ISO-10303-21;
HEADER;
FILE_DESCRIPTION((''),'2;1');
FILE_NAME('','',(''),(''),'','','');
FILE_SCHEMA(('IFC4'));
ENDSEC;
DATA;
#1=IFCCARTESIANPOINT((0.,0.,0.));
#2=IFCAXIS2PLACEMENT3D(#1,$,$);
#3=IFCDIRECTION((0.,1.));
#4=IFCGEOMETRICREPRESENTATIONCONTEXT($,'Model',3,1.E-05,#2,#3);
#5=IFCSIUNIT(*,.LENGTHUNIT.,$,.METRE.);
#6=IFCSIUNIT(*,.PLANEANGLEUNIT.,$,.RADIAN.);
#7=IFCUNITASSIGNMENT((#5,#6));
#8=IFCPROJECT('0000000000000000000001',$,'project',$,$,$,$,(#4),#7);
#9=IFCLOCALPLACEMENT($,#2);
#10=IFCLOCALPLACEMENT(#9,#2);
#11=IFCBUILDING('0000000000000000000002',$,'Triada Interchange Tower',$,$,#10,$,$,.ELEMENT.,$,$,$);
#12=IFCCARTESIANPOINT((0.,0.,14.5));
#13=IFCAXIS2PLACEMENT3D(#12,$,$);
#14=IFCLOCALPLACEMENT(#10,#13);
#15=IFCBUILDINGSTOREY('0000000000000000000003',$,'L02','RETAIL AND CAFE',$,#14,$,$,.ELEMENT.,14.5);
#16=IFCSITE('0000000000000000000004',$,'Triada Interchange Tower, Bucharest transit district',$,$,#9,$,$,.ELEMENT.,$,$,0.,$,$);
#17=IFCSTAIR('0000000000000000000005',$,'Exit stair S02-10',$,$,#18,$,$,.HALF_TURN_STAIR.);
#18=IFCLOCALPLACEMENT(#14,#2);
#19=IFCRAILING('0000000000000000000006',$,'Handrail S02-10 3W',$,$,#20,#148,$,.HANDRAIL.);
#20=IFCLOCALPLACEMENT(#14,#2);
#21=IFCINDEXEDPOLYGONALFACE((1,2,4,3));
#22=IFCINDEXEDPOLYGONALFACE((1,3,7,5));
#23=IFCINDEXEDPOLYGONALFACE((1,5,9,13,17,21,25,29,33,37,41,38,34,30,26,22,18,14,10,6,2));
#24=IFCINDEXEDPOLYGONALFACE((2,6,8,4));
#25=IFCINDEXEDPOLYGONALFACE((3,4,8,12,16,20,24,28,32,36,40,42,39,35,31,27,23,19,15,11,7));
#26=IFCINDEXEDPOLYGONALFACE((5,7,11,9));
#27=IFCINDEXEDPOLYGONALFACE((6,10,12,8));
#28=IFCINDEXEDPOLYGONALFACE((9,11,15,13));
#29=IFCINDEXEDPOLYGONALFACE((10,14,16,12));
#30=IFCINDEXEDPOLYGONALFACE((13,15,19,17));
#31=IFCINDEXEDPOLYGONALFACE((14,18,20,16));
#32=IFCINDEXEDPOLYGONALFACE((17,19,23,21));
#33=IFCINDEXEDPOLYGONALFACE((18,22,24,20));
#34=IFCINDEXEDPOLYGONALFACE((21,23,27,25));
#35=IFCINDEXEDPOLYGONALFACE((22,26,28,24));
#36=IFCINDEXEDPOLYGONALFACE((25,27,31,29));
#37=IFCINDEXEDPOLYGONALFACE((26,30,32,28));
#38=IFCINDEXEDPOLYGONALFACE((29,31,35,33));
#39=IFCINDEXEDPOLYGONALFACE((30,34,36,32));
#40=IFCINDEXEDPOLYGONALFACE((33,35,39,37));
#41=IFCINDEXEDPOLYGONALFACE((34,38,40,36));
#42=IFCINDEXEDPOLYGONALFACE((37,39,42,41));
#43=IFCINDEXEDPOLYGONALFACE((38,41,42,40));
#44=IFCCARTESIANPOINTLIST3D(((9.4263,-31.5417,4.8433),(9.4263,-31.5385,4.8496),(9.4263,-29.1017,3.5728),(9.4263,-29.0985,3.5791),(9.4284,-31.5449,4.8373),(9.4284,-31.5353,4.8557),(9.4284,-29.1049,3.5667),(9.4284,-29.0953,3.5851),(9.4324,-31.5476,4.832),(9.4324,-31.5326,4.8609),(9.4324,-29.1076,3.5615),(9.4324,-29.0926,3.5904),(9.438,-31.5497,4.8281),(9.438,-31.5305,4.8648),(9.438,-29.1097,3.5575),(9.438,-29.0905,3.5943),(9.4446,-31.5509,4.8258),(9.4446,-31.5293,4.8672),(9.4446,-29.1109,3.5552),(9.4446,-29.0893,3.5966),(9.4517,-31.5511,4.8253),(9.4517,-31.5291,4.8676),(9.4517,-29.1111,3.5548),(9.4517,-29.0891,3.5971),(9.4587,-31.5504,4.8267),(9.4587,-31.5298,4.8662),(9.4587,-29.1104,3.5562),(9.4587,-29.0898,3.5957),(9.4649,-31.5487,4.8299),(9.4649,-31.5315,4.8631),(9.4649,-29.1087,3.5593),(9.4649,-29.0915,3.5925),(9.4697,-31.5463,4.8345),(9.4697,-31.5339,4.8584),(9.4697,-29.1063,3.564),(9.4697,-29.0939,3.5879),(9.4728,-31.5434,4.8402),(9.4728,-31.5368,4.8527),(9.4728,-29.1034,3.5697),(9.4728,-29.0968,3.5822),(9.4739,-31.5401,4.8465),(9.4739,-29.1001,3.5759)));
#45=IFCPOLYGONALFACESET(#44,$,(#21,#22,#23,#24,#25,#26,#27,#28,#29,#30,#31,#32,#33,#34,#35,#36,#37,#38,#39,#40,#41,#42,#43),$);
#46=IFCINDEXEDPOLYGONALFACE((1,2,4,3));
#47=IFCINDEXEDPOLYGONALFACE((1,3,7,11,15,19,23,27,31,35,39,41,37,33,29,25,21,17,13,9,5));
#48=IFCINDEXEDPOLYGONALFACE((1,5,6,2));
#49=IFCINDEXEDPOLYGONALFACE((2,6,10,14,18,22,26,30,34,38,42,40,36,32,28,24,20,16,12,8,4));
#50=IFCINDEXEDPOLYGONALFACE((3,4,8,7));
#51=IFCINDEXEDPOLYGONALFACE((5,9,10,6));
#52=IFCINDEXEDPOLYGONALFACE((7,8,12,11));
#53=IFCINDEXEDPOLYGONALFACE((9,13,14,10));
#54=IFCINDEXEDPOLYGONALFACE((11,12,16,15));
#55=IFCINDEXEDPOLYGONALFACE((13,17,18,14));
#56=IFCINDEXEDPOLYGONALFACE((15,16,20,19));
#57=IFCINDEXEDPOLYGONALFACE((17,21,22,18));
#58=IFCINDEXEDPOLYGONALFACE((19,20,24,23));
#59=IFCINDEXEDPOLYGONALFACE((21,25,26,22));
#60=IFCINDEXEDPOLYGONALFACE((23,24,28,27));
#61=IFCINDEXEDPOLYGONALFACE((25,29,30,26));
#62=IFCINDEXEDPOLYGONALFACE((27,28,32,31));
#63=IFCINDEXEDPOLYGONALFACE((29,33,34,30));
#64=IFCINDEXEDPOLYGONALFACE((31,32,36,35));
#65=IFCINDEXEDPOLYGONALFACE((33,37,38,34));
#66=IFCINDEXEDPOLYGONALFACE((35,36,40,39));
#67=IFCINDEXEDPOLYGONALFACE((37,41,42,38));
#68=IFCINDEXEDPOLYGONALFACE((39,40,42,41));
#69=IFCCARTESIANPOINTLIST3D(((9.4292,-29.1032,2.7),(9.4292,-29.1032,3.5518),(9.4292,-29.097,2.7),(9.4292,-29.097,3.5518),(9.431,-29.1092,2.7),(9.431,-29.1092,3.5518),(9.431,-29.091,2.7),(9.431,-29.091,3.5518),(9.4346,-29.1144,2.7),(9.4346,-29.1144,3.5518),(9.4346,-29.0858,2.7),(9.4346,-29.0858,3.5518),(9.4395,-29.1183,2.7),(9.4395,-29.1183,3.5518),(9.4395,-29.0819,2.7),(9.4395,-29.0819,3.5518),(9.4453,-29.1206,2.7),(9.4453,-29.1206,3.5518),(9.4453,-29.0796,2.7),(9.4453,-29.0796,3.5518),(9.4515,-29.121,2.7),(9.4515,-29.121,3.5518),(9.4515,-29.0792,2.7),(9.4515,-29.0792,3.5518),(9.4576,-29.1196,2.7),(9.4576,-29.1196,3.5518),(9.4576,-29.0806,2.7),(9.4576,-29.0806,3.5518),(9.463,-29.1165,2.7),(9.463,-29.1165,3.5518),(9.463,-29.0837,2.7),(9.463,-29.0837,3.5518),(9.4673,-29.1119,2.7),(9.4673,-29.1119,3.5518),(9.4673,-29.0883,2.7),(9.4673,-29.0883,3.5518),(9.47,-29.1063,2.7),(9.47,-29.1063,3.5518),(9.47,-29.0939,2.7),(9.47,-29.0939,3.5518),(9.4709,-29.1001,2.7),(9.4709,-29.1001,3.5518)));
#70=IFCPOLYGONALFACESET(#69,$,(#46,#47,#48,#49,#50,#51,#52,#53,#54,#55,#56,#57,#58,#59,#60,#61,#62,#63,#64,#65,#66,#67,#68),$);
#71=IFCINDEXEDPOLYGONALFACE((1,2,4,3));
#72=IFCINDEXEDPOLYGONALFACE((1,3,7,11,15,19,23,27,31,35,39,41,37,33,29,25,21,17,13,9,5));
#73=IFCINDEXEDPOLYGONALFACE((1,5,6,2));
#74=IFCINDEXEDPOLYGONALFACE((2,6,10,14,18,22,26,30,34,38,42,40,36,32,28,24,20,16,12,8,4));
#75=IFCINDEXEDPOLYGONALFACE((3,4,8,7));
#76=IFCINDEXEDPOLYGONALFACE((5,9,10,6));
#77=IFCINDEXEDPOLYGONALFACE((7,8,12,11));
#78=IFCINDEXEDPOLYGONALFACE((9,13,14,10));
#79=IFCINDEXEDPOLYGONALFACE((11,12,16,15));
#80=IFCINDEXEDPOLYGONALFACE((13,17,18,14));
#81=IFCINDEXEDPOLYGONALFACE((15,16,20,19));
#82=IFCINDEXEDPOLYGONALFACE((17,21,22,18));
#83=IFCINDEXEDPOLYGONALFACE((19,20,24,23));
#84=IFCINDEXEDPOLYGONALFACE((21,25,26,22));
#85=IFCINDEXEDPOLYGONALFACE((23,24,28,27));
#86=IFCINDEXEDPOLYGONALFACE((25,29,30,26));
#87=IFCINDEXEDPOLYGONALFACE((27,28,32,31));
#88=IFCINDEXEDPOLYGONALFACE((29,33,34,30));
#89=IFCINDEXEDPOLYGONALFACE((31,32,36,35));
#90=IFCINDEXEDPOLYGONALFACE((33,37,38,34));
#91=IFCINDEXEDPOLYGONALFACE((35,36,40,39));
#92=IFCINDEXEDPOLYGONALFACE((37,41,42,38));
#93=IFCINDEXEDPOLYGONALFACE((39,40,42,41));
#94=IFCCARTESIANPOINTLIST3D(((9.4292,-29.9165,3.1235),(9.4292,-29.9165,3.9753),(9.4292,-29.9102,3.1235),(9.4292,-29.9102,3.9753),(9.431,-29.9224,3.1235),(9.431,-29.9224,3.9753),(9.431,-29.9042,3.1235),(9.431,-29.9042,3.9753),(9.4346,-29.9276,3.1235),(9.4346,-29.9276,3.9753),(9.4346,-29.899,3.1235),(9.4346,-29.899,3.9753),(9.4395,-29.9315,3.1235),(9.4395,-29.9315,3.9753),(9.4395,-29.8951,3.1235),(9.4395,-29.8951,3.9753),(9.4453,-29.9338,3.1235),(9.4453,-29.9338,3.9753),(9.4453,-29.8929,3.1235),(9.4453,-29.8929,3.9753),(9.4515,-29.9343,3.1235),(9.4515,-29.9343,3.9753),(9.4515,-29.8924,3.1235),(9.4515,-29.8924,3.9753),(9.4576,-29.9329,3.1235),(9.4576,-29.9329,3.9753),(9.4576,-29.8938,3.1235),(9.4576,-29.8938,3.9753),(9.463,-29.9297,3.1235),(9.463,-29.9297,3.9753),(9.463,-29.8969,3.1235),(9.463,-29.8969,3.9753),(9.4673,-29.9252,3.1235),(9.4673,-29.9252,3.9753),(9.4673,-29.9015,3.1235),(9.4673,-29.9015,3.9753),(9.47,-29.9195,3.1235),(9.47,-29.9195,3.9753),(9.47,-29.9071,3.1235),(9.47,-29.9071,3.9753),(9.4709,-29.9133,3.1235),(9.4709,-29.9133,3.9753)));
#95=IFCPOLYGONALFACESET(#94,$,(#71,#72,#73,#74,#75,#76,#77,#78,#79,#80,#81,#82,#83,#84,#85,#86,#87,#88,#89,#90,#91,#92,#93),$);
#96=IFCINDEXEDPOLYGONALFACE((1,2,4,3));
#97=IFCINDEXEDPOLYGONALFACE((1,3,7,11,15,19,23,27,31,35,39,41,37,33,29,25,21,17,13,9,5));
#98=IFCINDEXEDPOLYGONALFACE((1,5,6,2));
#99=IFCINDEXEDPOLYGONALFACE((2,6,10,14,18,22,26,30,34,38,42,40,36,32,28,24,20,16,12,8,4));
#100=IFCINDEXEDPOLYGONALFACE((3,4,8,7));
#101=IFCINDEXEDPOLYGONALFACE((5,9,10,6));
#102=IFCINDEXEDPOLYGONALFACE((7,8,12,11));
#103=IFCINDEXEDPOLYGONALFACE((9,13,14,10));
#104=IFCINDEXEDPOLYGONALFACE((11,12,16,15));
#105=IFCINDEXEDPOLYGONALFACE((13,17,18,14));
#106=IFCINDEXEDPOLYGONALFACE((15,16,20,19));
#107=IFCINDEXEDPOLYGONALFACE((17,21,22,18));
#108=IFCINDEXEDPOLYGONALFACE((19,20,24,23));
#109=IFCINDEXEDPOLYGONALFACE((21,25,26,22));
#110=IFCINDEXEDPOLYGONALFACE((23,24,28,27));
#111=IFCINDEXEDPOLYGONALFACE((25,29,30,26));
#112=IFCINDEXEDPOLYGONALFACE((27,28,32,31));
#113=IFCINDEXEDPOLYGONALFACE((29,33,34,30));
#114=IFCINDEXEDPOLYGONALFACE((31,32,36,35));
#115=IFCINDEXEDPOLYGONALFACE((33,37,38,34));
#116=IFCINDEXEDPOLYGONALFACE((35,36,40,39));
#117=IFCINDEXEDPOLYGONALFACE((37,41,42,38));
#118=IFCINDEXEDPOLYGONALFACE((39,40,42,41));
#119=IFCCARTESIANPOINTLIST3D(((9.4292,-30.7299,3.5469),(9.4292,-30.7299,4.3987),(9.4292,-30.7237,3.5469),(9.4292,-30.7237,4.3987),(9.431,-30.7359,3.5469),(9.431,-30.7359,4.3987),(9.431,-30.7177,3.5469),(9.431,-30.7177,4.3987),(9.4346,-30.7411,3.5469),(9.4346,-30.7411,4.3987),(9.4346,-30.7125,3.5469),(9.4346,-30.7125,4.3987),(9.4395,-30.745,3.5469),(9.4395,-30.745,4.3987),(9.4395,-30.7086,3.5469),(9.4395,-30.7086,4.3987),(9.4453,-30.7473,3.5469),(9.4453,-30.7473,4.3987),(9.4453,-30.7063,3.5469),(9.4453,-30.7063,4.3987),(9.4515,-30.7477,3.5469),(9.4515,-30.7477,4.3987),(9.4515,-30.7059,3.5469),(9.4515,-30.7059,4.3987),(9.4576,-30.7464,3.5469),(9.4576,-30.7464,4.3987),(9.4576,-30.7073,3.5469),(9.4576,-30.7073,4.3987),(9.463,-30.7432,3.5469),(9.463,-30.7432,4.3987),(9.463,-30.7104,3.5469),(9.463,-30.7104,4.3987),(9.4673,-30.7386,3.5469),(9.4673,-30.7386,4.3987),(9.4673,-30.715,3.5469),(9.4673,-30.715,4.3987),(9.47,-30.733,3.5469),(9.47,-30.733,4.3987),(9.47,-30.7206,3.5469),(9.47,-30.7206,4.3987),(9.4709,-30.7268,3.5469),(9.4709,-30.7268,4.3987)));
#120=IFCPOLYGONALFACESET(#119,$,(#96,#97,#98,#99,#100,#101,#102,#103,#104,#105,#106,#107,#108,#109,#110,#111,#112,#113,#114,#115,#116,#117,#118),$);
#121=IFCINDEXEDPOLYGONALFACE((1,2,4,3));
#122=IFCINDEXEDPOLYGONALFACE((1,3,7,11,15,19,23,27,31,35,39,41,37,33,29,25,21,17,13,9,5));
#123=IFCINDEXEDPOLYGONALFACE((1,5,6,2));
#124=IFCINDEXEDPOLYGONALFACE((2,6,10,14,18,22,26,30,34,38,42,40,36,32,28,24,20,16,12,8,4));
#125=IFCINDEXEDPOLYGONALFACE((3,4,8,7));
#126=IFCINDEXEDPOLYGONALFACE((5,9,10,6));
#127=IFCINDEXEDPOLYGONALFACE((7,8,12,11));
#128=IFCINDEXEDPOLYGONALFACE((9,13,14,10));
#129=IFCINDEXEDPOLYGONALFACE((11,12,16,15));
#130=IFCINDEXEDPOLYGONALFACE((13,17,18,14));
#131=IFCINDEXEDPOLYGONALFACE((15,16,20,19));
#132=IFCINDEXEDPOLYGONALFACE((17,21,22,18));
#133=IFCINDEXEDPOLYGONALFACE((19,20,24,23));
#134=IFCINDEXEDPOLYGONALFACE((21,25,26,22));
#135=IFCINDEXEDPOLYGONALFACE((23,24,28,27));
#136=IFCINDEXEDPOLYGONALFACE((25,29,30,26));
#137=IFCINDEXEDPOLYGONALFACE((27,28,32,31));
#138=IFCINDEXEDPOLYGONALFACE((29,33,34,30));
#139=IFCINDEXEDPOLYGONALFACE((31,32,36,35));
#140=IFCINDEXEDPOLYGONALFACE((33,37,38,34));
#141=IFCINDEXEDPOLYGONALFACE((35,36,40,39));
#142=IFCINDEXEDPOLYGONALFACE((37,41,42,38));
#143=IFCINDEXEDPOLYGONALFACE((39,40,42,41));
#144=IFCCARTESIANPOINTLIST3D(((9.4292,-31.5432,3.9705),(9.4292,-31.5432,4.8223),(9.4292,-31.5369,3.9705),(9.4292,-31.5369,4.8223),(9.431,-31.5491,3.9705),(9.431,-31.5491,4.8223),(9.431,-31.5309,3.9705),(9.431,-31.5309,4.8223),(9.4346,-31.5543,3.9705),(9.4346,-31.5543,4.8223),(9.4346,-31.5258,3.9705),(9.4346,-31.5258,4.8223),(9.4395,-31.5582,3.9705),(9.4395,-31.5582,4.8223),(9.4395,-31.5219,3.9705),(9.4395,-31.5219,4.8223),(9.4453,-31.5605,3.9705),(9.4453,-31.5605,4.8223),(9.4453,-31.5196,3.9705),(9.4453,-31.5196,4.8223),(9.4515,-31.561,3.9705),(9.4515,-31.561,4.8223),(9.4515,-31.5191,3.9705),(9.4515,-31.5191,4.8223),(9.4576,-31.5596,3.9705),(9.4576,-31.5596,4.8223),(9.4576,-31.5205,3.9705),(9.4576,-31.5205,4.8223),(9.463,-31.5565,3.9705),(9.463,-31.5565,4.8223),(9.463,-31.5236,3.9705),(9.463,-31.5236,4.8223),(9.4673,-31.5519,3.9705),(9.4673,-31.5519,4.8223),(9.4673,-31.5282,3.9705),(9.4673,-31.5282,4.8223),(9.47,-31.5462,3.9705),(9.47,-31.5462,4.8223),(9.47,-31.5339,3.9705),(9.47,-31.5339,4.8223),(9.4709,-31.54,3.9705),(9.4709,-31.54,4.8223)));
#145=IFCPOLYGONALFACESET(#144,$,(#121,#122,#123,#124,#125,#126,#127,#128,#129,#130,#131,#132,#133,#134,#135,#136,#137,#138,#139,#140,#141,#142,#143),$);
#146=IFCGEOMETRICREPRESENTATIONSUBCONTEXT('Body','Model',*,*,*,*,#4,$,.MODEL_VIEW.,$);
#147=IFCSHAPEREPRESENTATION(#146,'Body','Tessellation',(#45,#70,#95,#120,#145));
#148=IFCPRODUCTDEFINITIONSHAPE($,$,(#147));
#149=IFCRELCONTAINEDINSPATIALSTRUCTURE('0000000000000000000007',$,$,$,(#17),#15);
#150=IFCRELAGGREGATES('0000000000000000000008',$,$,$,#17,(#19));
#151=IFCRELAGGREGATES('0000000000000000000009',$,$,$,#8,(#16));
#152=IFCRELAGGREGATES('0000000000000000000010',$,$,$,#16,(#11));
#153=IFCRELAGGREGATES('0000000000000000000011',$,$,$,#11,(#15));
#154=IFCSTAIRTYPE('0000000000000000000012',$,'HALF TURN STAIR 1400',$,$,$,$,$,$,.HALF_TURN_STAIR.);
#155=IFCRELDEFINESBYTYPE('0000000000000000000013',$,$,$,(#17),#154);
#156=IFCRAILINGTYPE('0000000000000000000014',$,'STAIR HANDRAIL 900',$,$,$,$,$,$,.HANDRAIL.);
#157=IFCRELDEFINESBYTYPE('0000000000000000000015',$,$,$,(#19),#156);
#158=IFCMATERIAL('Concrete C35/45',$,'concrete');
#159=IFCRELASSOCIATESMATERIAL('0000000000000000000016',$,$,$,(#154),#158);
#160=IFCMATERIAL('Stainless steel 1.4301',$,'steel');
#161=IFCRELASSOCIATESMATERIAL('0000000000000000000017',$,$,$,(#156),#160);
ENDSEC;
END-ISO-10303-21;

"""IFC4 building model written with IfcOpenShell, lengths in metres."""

from ifc_helpers import new_model, si_unit, direction, frame, origin, origin_2d, place, context, subcontext, project, spatial, circle, extrude, material, type_object, element, aggregate, save


model = new_model("IFC4")

# Units and contexts
model_context = context("Model", 3, precision=1e-05, world=origin(), true_north=direction((0.0, 1.0)))
body_context = subcontext(model_context, "Body", "Model", "MODEL_VIEW")
ifc_project = project(units=[si_unit("LENGTHUNIT", "METRE"), si_unit("PLANEANGLEUNIT", "RADIAN")], contexts=[model_context])

# Site, building, storey
site_placement = place(None, origin())
site = spatial("IfcSite", under=ifc_project, at=site_placement, Name="Triada Interchange Tower, Bucharest transit district", CompositionType="ELEMENT", RefElevation=0.0)
building_placement = place(site_placement, origin())
building = spatial("IfcBuilding", under=site, at=building_placement, Name="Triada Interchange Tower", CompositionType="ELEMENT")
storey_placement = place(building_placement, frame((0.0, 0.0, 14.5)))
storey = spatial("IfcBuildingStorey", under=building, at=storey_placement, Name="L02", Description="RETAIL AND CAFE", CompositionType="ELEMENT", Elevation=14.5)

# Shared definitions
ifc_material_1 = material(Name="Concrete C35/45", Category="concrete")

# Stair, railing
stair_type = type_object("IfcStairType", Name="HALF TURN STAIR 1400", PredefinedType="HALF_TURN_STAIR", material=ifc_material_1)
stair_placement = place(storey_placement, origin())
stair = element("IfcStair", 1, at=stair_placement, inside=storey, type_object=stair_type, Name="Exit stair S02-10", PredefinedType="HALF_TURN_STAIR")
ifc_material_2 = material(Name="Stainless steel 1.4301", Category="steel")
railing_type_1 = type_object("IfcRailingType", Name="STAIR HANDRAIL 900", PredefinedType="HANDRAIL", material=ifc_material_2)
railing_1_placement = place(storey_placement, frame((9.45, -29.1001, 2.7)))
railing_1 = element("IfcRailing", 2, at=railing_1_placement, type_object=railing_type_1, Name="Handrail S02-10 3W", PredefinedType="HANDRAIL", context=body_context, shape_type="SweptSolid", body=[
    extrude(circle(Radius=0.0239, at=origin_2d()), frame((0.0, 0.0, 0.876), z_axis=(0.0, -0.886958, 0.46185), x_axis=(1.0, 0.0, 0.0)), (0.0, 0.0, 1.0), 2.751),
    extrude(circle(Radius=0.021, at=origin_2d()), origin(), (0.0, 0.0, 1.0), 0.8518),
    extrude(circle(Radius=0.021, at=origin_2d()), frame((0.0, -0.8132, 0.4236)), (0.0, 0.0, 1.0), 0.8518),
    extrude(circle(Radius=0.021, at=origin_2d()), frame((0.0, -1.6267, 0.8469)), (0.0, 0.0, 1.0), 0.8518),
    extrude(circle(Radius=0.021, at=origin_2d()), frame((0.0, -2.4399, 1.2705)), (0.0, 0.0, 1.0), 0.8518),
])
aggregate(stair, [railing_1])

save(model, "model.ifc")
